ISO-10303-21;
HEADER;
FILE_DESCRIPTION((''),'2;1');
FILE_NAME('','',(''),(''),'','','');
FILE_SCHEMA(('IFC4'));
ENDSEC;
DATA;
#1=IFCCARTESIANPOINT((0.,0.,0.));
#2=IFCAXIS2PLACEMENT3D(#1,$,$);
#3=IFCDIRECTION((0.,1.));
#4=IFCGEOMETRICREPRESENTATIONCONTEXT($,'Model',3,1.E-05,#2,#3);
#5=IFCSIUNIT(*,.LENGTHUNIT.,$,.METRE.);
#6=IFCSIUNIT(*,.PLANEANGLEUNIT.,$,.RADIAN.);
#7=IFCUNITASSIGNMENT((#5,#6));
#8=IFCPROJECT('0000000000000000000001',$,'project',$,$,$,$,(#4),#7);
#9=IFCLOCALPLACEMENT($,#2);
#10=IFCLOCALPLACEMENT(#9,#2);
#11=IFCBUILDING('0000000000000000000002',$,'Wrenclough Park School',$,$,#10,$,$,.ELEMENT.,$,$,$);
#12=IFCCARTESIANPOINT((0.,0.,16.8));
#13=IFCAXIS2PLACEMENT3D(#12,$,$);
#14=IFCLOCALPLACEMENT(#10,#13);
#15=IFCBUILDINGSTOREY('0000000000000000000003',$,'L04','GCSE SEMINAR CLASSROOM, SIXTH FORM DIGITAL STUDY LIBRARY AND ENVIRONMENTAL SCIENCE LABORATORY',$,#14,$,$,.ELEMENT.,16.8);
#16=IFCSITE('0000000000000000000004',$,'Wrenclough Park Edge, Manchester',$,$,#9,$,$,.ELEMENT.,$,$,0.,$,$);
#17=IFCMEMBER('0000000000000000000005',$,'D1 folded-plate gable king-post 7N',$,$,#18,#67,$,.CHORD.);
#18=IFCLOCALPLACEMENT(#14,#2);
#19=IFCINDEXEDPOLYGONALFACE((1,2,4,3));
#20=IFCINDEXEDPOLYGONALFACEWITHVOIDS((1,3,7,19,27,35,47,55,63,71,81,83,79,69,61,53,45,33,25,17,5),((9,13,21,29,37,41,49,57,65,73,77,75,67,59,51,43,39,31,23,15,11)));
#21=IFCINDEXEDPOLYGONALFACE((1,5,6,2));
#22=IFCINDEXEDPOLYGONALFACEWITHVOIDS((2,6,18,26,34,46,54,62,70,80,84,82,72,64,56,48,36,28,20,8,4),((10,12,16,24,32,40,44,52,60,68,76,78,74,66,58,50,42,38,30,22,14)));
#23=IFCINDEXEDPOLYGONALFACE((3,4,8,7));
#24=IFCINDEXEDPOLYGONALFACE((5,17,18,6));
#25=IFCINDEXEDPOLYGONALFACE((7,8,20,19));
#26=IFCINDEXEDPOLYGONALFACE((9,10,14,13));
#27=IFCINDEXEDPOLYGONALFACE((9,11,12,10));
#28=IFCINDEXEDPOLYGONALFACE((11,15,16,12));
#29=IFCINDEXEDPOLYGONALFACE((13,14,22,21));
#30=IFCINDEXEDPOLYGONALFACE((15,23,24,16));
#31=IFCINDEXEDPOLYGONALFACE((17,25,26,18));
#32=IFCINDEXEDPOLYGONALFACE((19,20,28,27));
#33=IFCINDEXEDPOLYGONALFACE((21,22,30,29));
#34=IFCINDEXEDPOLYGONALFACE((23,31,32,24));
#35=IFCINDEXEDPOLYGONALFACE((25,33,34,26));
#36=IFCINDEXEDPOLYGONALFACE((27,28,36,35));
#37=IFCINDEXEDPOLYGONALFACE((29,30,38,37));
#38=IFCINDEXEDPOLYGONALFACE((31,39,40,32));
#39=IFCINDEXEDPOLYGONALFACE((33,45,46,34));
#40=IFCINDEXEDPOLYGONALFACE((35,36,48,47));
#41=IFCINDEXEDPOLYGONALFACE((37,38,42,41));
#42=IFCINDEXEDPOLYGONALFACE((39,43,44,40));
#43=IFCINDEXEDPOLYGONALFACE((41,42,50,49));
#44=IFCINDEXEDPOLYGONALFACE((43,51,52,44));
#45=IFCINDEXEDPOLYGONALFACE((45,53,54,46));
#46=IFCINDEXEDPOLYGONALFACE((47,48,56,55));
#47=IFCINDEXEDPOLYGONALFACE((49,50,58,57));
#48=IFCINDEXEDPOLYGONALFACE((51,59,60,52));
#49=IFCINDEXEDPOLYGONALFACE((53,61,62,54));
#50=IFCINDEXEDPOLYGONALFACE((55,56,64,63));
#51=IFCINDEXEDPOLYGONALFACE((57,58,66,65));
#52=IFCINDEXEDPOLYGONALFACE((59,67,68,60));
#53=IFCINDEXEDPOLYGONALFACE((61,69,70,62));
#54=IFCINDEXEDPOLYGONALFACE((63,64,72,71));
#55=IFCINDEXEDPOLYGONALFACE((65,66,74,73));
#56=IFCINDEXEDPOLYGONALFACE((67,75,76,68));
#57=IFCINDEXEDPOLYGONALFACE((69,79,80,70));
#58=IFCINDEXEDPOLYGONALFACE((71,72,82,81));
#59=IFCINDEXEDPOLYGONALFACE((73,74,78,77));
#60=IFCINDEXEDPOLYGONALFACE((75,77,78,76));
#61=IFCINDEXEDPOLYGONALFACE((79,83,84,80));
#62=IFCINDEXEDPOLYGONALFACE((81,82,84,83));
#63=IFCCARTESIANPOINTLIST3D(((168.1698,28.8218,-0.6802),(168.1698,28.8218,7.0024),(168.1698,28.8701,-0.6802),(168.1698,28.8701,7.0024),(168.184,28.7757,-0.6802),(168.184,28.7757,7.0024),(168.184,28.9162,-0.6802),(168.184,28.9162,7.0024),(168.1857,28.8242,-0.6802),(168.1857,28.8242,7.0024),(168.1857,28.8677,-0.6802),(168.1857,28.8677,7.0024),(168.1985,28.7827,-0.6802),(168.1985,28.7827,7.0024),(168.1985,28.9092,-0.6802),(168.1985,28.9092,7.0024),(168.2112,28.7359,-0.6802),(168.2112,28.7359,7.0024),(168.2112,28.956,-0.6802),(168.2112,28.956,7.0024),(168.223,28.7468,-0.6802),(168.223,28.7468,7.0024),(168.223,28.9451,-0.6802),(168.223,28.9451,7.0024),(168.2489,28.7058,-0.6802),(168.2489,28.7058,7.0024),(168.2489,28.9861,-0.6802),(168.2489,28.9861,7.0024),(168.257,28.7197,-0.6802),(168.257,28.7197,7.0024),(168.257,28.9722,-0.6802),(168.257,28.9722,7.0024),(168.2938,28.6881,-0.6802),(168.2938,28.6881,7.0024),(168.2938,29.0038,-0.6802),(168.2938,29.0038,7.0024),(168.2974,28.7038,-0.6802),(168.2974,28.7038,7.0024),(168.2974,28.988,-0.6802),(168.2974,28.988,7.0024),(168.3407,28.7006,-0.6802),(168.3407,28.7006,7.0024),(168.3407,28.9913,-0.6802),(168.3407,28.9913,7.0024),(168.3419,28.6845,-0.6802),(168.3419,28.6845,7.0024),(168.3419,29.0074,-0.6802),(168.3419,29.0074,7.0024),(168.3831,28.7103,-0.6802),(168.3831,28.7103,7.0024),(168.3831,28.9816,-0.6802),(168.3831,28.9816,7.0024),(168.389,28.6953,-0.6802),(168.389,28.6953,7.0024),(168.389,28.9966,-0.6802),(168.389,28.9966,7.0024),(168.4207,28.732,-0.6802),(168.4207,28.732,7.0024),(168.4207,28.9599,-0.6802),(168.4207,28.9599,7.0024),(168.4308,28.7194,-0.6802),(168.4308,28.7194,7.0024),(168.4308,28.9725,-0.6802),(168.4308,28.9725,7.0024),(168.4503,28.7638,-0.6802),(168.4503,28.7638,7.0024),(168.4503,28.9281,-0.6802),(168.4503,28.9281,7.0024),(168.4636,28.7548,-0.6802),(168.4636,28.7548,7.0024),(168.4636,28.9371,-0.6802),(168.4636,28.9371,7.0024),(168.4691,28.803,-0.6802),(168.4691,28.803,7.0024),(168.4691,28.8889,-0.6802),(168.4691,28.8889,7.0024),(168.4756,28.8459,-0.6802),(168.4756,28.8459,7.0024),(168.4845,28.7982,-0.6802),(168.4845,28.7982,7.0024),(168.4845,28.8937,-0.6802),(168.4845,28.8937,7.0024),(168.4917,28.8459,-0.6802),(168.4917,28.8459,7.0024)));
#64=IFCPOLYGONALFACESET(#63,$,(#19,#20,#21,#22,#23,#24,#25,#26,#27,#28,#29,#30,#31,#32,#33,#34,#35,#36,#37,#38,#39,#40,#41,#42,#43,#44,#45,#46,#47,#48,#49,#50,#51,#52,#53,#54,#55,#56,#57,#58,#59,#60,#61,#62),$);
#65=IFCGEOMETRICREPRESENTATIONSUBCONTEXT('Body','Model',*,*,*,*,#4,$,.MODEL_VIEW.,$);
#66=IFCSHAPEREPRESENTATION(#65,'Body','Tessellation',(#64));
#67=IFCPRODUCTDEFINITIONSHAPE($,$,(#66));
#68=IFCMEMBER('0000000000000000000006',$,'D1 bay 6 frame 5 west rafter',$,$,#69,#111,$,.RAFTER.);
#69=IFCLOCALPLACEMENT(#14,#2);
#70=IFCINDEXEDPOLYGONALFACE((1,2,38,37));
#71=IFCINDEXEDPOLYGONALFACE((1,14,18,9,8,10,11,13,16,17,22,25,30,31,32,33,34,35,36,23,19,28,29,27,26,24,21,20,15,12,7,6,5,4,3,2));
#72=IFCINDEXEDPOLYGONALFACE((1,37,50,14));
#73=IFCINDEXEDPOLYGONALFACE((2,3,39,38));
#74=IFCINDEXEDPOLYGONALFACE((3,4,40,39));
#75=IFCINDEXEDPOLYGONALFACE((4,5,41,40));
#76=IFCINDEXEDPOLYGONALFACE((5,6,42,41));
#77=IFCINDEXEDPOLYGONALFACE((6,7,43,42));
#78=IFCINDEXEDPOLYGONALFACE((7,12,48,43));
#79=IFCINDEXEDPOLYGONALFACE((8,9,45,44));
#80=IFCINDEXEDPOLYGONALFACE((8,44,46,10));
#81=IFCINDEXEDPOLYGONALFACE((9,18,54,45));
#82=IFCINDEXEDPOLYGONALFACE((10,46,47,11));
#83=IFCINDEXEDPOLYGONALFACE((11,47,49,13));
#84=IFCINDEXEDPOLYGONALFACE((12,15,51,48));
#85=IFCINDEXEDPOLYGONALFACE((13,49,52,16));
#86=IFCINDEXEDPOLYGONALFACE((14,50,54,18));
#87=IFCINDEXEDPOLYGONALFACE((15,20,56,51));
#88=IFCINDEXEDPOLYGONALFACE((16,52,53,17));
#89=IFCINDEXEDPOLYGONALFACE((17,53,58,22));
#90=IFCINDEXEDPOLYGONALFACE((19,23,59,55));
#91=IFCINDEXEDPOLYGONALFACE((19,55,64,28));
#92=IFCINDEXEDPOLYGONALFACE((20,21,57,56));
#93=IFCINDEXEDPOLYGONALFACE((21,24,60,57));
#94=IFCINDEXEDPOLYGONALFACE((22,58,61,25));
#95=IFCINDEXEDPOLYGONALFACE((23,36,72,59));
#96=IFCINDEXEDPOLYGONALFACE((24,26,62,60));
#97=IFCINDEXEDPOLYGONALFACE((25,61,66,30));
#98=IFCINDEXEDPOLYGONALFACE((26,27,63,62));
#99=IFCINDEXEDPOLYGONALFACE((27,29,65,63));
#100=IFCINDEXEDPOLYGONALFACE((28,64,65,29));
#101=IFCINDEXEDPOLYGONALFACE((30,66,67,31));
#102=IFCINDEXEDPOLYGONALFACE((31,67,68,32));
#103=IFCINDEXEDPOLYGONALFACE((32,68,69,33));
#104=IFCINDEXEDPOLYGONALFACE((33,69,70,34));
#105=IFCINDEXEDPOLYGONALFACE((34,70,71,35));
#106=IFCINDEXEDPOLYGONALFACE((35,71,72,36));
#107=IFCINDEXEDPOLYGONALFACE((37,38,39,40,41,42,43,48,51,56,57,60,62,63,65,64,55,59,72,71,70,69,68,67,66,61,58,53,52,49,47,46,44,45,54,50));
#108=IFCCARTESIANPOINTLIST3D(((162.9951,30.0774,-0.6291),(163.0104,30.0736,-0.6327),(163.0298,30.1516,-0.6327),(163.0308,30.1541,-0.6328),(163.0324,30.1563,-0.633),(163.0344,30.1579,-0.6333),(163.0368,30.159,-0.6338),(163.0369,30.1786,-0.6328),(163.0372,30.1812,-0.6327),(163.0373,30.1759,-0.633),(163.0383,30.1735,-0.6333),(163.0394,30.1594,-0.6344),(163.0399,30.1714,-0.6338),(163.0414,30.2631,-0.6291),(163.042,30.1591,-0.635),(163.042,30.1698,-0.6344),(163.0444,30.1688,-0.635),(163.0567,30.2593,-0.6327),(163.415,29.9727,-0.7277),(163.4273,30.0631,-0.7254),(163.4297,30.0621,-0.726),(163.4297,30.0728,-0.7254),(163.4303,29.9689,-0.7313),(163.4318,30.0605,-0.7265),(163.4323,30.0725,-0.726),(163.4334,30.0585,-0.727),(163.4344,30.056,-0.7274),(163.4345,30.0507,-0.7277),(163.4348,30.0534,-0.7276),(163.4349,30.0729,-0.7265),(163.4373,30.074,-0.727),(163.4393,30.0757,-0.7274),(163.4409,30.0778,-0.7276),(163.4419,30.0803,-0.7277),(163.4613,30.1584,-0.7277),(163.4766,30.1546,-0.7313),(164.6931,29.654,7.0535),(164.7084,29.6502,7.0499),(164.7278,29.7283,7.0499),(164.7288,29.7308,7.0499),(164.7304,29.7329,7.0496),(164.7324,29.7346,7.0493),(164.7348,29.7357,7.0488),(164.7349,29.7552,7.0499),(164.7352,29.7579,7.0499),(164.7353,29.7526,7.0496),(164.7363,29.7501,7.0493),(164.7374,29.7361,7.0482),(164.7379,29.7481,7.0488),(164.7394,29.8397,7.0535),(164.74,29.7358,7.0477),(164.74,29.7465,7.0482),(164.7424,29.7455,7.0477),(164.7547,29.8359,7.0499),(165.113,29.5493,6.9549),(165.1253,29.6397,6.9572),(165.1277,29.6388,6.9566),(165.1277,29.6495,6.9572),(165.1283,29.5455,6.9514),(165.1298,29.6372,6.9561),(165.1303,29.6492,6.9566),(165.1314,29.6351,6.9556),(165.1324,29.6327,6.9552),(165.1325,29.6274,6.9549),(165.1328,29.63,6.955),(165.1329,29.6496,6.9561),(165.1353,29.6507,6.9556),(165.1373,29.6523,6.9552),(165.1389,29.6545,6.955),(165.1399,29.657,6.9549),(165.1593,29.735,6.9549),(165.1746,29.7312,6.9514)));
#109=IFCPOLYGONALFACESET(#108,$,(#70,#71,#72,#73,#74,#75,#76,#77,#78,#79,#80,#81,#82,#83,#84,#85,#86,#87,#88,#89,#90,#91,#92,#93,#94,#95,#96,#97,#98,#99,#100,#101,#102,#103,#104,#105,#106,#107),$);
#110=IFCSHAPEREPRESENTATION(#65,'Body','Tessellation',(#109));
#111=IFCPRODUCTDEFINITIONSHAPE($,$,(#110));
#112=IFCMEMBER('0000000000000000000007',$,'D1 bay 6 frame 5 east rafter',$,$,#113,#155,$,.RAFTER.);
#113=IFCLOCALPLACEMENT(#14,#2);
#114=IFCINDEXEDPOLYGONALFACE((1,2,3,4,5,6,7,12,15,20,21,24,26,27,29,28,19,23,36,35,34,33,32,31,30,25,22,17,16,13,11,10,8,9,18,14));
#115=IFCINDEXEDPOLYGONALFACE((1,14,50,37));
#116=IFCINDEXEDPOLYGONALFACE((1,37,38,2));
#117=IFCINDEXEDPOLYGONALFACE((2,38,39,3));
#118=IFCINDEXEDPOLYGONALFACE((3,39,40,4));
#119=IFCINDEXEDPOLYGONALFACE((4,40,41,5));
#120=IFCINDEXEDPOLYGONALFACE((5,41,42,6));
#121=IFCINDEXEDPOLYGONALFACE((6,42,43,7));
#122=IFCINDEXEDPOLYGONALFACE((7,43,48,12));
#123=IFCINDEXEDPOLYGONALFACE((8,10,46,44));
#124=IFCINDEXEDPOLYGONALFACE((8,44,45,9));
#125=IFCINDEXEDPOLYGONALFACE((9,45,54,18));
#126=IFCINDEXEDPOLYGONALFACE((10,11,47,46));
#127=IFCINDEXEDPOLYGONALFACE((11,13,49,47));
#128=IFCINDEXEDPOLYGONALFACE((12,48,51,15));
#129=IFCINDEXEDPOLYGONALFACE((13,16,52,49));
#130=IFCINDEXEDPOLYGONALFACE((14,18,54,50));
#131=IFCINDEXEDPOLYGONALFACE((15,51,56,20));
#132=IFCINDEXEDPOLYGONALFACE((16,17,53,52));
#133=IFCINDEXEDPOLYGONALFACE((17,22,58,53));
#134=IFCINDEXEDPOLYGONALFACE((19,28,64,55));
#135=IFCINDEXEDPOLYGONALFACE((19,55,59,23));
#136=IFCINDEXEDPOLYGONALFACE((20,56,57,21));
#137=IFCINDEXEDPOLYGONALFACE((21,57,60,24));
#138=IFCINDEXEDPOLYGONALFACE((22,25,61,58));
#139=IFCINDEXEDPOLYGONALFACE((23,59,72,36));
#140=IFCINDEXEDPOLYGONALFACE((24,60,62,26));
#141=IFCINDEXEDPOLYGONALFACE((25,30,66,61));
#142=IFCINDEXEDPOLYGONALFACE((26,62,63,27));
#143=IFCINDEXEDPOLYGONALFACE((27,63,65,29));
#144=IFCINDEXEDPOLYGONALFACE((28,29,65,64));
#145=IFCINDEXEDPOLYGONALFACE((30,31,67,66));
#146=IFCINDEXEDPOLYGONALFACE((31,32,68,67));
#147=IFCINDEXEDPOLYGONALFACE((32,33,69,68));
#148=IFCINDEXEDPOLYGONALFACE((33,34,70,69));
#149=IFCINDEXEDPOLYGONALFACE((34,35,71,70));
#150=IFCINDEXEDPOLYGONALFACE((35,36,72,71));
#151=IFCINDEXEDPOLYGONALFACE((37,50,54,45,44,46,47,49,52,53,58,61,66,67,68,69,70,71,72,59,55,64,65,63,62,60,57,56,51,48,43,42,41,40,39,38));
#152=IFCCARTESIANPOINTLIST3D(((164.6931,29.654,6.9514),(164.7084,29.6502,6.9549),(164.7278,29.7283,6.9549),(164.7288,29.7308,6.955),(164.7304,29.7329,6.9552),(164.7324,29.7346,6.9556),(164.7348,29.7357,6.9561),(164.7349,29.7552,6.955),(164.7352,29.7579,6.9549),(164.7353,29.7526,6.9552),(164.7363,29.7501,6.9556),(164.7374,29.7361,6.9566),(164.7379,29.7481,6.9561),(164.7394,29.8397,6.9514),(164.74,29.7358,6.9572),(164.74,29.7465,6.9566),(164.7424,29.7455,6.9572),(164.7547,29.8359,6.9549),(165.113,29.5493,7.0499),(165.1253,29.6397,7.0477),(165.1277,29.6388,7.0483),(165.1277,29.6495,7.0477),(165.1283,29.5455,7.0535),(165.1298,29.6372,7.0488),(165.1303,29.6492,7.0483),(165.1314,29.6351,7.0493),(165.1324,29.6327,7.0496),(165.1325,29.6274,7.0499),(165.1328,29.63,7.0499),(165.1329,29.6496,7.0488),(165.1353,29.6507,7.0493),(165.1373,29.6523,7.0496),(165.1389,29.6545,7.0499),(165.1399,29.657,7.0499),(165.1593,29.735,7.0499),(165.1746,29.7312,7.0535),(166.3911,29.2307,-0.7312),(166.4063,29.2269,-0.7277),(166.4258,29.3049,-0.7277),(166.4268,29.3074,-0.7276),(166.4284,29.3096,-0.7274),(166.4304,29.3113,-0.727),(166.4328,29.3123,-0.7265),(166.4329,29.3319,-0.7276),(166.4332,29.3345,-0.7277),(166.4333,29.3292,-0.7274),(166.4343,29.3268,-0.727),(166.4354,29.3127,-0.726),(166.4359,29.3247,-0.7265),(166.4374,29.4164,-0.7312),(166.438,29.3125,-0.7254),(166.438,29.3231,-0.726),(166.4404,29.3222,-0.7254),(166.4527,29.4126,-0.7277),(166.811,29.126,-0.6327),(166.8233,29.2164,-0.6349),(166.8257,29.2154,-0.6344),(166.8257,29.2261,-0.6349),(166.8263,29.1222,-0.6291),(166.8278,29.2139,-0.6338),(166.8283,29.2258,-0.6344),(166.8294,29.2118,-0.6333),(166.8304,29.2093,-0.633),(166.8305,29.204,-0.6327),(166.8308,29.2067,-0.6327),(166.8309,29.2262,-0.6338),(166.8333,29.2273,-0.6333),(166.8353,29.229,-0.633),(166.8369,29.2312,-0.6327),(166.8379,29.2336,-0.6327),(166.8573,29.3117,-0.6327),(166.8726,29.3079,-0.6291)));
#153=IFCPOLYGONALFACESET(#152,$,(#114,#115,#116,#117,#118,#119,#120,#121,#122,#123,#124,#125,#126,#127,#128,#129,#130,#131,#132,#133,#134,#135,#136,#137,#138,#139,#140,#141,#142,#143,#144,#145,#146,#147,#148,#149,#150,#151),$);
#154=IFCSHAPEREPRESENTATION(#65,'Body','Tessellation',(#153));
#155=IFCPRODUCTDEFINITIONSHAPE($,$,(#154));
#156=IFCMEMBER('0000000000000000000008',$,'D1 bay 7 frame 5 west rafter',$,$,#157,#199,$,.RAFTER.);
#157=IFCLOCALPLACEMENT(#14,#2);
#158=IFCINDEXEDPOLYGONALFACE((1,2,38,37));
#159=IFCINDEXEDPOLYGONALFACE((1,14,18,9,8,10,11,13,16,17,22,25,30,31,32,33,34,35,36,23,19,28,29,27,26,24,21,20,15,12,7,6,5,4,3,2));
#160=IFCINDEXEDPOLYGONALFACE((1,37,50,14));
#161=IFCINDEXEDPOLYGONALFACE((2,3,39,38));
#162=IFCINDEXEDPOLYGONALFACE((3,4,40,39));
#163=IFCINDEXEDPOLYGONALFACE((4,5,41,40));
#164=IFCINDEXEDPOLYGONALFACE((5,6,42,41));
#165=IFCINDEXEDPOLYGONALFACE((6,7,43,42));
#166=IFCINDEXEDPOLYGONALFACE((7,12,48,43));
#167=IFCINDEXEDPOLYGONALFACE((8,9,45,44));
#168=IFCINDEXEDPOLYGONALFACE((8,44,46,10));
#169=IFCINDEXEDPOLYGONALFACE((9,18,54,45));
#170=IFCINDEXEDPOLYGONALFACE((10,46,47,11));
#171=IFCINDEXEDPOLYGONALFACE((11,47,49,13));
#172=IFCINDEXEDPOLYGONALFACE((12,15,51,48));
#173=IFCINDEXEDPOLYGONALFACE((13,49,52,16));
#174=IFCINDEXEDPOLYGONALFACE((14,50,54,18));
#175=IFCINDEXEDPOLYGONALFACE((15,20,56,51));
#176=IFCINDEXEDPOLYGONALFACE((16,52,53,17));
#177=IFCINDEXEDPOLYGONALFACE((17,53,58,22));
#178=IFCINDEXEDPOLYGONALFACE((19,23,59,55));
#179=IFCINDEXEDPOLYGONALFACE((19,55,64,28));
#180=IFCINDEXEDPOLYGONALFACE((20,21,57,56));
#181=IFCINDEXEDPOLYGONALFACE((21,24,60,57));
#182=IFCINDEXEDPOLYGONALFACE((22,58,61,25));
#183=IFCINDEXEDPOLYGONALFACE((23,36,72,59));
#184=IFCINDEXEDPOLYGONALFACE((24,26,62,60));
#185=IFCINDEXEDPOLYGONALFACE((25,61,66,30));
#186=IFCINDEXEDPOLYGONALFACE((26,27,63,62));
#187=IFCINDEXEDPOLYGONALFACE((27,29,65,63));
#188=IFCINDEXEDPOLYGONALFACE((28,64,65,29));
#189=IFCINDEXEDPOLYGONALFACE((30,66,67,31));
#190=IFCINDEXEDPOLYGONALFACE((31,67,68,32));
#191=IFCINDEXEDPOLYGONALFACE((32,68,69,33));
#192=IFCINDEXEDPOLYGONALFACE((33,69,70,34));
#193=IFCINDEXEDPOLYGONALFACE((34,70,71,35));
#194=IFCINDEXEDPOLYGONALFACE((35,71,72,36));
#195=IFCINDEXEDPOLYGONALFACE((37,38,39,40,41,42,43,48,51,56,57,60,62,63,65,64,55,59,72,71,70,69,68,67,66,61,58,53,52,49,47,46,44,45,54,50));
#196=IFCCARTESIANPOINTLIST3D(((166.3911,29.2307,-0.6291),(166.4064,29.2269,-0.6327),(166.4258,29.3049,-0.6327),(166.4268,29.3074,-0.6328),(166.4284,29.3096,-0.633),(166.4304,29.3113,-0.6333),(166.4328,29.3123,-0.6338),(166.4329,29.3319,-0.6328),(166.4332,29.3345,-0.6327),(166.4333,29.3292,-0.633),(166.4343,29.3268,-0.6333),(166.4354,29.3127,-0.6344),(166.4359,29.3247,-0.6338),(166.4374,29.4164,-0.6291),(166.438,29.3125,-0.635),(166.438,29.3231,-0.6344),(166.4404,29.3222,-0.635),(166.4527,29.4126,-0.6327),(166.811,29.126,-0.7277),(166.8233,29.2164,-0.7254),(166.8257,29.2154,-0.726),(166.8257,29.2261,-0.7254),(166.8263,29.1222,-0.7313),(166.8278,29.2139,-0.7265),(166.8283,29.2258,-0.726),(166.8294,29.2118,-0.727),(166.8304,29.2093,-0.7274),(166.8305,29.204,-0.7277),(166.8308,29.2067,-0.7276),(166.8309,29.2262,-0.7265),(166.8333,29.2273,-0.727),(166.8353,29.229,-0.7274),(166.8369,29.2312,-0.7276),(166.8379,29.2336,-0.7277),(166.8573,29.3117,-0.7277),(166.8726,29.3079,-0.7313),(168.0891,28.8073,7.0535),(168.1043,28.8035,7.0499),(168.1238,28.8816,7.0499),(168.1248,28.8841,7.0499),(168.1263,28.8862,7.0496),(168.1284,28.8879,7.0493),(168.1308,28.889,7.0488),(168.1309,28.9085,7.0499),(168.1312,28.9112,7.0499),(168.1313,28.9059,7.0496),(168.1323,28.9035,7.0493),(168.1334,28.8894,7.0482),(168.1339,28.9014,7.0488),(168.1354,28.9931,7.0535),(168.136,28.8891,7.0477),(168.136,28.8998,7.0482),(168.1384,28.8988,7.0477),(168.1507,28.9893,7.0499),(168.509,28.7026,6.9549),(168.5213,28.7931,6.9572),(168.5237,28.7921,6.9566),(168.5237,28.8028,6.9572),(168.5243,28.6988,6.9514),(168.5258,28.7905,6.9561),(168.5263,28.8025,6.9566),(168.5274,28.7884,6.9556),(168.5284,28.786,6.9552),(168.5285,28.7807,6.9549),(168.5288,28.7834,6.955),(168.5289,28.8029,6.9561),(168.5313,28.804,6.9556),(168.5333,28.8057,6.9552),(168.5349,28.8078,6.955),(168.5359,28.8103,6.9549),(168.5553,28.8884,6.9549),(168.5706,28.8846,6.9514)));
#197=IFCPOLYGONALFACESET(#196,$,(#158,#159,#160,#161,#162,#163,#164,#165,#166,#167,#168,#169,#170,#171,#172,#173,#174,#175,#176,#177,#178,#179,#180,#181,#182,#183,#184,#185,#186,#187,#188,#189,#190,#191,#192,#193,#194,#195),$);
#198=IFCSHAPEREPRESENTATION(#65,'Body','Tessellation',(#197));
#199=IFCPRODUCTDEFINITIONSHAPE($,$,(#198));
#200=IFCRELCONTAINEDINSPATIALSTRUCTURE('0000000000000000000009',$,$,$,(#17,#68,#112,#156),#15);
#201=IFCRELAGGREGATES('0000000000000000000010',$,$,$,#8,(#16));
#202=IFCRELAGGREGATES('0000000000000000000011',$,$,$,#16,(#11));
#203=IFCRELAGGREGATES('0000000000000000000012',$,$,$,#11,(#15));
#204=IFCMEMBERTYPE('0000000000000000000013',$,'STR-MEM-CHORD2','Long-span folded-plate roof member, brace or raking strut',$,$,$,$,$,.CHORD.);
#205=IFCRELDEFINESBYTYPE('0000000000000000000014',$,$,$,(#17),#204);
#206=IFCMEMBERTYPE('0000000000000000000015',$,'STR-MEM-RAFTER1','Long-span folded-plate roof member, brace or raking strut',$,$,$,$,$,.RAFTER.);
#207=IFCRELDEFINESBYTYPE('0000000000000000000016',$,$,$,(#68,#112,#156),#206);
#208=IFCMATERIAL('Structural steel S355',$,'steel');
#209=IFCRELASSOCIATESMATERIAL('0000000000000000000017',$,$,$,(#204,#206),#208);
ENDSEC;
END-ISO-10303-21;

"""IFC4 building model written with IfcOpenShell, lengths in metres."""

from ifc_helpers import new_model, si_unit, direction, frame, origin, origin_2d, place, context, subcontext, project, spatial, hollow_circle, i_section, extrude, material, material_profile, profile_set, type_object, element, save


model = new_model("IFC4")

# Units and contexts
model_context = context("Model", 3, precision=1e-05, world=origin(), true_north=direction((0.0, 1.0)))
body_context = subcontext(model_context, "Body", "Model", "MODEL_VIEW")
ifc_project = project(units=[si_unit("LENGTHUNIT", "METRE"), si_unit("PLANEANGLEUNIT", "RADIAN")], contexts=[model_context])

# Site, building, storey
site_placement = place(None, origin())
site = spatial("IfcSite", under=ifc_project, at=site_placement, Name="Wrenclough Park Edge, Manchester", CompositionType="ELEMENT", RefElevation=0.0)
building_placement = place(site_placement, origin())
building = spatial("IfcBuilding", under=site, at=building_placement, Name="Wrenclough Park School", CompositionType="ELEMENT")
storey_placement = place(building_placement, frame((0.0, 0.0, 16.8)))
storey = spatial("IfcBuildingStorey", under=building, at=storey_placement, Name="L04", Description="GCSE SEMINAR CLASSROOM, SIXTH FORM DIGITAL STUDY LIBRARY AND ENVIRONMENTAL SCIENCE LABORATORY", CompositionType="ELEMENT", Elevation=16.8)

# Shared definitions
ifc_material_1 = material(Name="Structural steel S355", Category="steel")

# Members
ifc_material_profile_1 = material_profile(ifc_material_1, hollow_circle(Radius=0.1619, WallThickness=0.0161, at=origin_2d()), Name="CHS 323.9x16.0")
ifc_profile_set_1 = profile_set([ifc_material_profile_1], Name="Structural steel S355")
member_type_1 = type_object("IfcMemberType", Name="STR-MEM-CHORD2", Description="Long-span folded-plate roof member, brace or raking strut", PredefinedType="CHORD", material=ifc_profile_set_1)
for number, where, z_axis, x_axis, name in (
    (1, (168.3298, 28.8459, -0.6802), (0.0, 0.0, 1.0), (1.0, 0.0, 0.0), "D1 folded-plate gable king-post 7N"),
):
    element("IfcMember", number, at=place(storey_placement, frame(where, z_axis=z_axis, x_axis=x_axis)), inside=storey, type_object=member_type_1, Name=name, PredefinedType="CHORD", context=body_context, shape_type="SweptSolid", body=[
        extrude(hollow_circle(Radius=0.1619, WallThickness=0.0161, at=origin_2d()), origin(), (0.0, 0.0, 1.0), 7.6826),
    ])
ifc_material_profile_2 = material_profile(ifc_material_1, i_section(OverallWidth=0.1914, OverallDepth=0.46, WebThickness=0.01, FlangeThickness=0.0161, FilletRadius=0.0103, at=origin_2d()), Name="UKB 457x191x82")
ifc_profile_set_2 = profile_set([ifc_material_profile_2], Name="Structural steel S355")
member_type_2 = type_object("IfcMemberType", Name="STR-MEM-RAFTER1", Description="Long-span folded-plate roof member, brace or raking strut", PredefinedType="RAFTER", material=ifc_profile_set_2)
for number, where, z_axis, x_axis, name in (
    (2, (163.2358, 30.116, -0.6802), (0.215498, -0.053727, 0.975025), (0.241912, 0.970298, 0.0), "D1 bay 6 frame 5 west rafter"),
    (3, (164.9338, 29.6926, 7.0024), (0.215498, -0.053727, -0.975025), (0.241912, 0.970298, 0.0), "D1 bay 6 frame 5 east rafter"),
    (4, (166.6318, 29.2693, -0.6802), (0.215498, -0.053727, 0.975025), (0.241912, 0.970298, 0.0), "D1 bay 7 frame 5 west rafter"),
):
    element("IfcMember", number, at=place(storey_placement, frame(where, z_axis=z_axis, x_axis=x_axis)), inside=storey, type_object=member_type_2, Name=name, PredefinedType="RAFTER", context=body_context, shape_type="SweptSolid", body=[
        extrude(i_section(OverallWidth=0.1914, OverallDepth=0.46, WebThickness=0.01, FlangeThickness=0.0161, FilletRadius=0.0103, at=origin_2d()), origin(), (0.0, 0.0, 1.0), 7.8794),
    ])

save(model, "model.ifc")
